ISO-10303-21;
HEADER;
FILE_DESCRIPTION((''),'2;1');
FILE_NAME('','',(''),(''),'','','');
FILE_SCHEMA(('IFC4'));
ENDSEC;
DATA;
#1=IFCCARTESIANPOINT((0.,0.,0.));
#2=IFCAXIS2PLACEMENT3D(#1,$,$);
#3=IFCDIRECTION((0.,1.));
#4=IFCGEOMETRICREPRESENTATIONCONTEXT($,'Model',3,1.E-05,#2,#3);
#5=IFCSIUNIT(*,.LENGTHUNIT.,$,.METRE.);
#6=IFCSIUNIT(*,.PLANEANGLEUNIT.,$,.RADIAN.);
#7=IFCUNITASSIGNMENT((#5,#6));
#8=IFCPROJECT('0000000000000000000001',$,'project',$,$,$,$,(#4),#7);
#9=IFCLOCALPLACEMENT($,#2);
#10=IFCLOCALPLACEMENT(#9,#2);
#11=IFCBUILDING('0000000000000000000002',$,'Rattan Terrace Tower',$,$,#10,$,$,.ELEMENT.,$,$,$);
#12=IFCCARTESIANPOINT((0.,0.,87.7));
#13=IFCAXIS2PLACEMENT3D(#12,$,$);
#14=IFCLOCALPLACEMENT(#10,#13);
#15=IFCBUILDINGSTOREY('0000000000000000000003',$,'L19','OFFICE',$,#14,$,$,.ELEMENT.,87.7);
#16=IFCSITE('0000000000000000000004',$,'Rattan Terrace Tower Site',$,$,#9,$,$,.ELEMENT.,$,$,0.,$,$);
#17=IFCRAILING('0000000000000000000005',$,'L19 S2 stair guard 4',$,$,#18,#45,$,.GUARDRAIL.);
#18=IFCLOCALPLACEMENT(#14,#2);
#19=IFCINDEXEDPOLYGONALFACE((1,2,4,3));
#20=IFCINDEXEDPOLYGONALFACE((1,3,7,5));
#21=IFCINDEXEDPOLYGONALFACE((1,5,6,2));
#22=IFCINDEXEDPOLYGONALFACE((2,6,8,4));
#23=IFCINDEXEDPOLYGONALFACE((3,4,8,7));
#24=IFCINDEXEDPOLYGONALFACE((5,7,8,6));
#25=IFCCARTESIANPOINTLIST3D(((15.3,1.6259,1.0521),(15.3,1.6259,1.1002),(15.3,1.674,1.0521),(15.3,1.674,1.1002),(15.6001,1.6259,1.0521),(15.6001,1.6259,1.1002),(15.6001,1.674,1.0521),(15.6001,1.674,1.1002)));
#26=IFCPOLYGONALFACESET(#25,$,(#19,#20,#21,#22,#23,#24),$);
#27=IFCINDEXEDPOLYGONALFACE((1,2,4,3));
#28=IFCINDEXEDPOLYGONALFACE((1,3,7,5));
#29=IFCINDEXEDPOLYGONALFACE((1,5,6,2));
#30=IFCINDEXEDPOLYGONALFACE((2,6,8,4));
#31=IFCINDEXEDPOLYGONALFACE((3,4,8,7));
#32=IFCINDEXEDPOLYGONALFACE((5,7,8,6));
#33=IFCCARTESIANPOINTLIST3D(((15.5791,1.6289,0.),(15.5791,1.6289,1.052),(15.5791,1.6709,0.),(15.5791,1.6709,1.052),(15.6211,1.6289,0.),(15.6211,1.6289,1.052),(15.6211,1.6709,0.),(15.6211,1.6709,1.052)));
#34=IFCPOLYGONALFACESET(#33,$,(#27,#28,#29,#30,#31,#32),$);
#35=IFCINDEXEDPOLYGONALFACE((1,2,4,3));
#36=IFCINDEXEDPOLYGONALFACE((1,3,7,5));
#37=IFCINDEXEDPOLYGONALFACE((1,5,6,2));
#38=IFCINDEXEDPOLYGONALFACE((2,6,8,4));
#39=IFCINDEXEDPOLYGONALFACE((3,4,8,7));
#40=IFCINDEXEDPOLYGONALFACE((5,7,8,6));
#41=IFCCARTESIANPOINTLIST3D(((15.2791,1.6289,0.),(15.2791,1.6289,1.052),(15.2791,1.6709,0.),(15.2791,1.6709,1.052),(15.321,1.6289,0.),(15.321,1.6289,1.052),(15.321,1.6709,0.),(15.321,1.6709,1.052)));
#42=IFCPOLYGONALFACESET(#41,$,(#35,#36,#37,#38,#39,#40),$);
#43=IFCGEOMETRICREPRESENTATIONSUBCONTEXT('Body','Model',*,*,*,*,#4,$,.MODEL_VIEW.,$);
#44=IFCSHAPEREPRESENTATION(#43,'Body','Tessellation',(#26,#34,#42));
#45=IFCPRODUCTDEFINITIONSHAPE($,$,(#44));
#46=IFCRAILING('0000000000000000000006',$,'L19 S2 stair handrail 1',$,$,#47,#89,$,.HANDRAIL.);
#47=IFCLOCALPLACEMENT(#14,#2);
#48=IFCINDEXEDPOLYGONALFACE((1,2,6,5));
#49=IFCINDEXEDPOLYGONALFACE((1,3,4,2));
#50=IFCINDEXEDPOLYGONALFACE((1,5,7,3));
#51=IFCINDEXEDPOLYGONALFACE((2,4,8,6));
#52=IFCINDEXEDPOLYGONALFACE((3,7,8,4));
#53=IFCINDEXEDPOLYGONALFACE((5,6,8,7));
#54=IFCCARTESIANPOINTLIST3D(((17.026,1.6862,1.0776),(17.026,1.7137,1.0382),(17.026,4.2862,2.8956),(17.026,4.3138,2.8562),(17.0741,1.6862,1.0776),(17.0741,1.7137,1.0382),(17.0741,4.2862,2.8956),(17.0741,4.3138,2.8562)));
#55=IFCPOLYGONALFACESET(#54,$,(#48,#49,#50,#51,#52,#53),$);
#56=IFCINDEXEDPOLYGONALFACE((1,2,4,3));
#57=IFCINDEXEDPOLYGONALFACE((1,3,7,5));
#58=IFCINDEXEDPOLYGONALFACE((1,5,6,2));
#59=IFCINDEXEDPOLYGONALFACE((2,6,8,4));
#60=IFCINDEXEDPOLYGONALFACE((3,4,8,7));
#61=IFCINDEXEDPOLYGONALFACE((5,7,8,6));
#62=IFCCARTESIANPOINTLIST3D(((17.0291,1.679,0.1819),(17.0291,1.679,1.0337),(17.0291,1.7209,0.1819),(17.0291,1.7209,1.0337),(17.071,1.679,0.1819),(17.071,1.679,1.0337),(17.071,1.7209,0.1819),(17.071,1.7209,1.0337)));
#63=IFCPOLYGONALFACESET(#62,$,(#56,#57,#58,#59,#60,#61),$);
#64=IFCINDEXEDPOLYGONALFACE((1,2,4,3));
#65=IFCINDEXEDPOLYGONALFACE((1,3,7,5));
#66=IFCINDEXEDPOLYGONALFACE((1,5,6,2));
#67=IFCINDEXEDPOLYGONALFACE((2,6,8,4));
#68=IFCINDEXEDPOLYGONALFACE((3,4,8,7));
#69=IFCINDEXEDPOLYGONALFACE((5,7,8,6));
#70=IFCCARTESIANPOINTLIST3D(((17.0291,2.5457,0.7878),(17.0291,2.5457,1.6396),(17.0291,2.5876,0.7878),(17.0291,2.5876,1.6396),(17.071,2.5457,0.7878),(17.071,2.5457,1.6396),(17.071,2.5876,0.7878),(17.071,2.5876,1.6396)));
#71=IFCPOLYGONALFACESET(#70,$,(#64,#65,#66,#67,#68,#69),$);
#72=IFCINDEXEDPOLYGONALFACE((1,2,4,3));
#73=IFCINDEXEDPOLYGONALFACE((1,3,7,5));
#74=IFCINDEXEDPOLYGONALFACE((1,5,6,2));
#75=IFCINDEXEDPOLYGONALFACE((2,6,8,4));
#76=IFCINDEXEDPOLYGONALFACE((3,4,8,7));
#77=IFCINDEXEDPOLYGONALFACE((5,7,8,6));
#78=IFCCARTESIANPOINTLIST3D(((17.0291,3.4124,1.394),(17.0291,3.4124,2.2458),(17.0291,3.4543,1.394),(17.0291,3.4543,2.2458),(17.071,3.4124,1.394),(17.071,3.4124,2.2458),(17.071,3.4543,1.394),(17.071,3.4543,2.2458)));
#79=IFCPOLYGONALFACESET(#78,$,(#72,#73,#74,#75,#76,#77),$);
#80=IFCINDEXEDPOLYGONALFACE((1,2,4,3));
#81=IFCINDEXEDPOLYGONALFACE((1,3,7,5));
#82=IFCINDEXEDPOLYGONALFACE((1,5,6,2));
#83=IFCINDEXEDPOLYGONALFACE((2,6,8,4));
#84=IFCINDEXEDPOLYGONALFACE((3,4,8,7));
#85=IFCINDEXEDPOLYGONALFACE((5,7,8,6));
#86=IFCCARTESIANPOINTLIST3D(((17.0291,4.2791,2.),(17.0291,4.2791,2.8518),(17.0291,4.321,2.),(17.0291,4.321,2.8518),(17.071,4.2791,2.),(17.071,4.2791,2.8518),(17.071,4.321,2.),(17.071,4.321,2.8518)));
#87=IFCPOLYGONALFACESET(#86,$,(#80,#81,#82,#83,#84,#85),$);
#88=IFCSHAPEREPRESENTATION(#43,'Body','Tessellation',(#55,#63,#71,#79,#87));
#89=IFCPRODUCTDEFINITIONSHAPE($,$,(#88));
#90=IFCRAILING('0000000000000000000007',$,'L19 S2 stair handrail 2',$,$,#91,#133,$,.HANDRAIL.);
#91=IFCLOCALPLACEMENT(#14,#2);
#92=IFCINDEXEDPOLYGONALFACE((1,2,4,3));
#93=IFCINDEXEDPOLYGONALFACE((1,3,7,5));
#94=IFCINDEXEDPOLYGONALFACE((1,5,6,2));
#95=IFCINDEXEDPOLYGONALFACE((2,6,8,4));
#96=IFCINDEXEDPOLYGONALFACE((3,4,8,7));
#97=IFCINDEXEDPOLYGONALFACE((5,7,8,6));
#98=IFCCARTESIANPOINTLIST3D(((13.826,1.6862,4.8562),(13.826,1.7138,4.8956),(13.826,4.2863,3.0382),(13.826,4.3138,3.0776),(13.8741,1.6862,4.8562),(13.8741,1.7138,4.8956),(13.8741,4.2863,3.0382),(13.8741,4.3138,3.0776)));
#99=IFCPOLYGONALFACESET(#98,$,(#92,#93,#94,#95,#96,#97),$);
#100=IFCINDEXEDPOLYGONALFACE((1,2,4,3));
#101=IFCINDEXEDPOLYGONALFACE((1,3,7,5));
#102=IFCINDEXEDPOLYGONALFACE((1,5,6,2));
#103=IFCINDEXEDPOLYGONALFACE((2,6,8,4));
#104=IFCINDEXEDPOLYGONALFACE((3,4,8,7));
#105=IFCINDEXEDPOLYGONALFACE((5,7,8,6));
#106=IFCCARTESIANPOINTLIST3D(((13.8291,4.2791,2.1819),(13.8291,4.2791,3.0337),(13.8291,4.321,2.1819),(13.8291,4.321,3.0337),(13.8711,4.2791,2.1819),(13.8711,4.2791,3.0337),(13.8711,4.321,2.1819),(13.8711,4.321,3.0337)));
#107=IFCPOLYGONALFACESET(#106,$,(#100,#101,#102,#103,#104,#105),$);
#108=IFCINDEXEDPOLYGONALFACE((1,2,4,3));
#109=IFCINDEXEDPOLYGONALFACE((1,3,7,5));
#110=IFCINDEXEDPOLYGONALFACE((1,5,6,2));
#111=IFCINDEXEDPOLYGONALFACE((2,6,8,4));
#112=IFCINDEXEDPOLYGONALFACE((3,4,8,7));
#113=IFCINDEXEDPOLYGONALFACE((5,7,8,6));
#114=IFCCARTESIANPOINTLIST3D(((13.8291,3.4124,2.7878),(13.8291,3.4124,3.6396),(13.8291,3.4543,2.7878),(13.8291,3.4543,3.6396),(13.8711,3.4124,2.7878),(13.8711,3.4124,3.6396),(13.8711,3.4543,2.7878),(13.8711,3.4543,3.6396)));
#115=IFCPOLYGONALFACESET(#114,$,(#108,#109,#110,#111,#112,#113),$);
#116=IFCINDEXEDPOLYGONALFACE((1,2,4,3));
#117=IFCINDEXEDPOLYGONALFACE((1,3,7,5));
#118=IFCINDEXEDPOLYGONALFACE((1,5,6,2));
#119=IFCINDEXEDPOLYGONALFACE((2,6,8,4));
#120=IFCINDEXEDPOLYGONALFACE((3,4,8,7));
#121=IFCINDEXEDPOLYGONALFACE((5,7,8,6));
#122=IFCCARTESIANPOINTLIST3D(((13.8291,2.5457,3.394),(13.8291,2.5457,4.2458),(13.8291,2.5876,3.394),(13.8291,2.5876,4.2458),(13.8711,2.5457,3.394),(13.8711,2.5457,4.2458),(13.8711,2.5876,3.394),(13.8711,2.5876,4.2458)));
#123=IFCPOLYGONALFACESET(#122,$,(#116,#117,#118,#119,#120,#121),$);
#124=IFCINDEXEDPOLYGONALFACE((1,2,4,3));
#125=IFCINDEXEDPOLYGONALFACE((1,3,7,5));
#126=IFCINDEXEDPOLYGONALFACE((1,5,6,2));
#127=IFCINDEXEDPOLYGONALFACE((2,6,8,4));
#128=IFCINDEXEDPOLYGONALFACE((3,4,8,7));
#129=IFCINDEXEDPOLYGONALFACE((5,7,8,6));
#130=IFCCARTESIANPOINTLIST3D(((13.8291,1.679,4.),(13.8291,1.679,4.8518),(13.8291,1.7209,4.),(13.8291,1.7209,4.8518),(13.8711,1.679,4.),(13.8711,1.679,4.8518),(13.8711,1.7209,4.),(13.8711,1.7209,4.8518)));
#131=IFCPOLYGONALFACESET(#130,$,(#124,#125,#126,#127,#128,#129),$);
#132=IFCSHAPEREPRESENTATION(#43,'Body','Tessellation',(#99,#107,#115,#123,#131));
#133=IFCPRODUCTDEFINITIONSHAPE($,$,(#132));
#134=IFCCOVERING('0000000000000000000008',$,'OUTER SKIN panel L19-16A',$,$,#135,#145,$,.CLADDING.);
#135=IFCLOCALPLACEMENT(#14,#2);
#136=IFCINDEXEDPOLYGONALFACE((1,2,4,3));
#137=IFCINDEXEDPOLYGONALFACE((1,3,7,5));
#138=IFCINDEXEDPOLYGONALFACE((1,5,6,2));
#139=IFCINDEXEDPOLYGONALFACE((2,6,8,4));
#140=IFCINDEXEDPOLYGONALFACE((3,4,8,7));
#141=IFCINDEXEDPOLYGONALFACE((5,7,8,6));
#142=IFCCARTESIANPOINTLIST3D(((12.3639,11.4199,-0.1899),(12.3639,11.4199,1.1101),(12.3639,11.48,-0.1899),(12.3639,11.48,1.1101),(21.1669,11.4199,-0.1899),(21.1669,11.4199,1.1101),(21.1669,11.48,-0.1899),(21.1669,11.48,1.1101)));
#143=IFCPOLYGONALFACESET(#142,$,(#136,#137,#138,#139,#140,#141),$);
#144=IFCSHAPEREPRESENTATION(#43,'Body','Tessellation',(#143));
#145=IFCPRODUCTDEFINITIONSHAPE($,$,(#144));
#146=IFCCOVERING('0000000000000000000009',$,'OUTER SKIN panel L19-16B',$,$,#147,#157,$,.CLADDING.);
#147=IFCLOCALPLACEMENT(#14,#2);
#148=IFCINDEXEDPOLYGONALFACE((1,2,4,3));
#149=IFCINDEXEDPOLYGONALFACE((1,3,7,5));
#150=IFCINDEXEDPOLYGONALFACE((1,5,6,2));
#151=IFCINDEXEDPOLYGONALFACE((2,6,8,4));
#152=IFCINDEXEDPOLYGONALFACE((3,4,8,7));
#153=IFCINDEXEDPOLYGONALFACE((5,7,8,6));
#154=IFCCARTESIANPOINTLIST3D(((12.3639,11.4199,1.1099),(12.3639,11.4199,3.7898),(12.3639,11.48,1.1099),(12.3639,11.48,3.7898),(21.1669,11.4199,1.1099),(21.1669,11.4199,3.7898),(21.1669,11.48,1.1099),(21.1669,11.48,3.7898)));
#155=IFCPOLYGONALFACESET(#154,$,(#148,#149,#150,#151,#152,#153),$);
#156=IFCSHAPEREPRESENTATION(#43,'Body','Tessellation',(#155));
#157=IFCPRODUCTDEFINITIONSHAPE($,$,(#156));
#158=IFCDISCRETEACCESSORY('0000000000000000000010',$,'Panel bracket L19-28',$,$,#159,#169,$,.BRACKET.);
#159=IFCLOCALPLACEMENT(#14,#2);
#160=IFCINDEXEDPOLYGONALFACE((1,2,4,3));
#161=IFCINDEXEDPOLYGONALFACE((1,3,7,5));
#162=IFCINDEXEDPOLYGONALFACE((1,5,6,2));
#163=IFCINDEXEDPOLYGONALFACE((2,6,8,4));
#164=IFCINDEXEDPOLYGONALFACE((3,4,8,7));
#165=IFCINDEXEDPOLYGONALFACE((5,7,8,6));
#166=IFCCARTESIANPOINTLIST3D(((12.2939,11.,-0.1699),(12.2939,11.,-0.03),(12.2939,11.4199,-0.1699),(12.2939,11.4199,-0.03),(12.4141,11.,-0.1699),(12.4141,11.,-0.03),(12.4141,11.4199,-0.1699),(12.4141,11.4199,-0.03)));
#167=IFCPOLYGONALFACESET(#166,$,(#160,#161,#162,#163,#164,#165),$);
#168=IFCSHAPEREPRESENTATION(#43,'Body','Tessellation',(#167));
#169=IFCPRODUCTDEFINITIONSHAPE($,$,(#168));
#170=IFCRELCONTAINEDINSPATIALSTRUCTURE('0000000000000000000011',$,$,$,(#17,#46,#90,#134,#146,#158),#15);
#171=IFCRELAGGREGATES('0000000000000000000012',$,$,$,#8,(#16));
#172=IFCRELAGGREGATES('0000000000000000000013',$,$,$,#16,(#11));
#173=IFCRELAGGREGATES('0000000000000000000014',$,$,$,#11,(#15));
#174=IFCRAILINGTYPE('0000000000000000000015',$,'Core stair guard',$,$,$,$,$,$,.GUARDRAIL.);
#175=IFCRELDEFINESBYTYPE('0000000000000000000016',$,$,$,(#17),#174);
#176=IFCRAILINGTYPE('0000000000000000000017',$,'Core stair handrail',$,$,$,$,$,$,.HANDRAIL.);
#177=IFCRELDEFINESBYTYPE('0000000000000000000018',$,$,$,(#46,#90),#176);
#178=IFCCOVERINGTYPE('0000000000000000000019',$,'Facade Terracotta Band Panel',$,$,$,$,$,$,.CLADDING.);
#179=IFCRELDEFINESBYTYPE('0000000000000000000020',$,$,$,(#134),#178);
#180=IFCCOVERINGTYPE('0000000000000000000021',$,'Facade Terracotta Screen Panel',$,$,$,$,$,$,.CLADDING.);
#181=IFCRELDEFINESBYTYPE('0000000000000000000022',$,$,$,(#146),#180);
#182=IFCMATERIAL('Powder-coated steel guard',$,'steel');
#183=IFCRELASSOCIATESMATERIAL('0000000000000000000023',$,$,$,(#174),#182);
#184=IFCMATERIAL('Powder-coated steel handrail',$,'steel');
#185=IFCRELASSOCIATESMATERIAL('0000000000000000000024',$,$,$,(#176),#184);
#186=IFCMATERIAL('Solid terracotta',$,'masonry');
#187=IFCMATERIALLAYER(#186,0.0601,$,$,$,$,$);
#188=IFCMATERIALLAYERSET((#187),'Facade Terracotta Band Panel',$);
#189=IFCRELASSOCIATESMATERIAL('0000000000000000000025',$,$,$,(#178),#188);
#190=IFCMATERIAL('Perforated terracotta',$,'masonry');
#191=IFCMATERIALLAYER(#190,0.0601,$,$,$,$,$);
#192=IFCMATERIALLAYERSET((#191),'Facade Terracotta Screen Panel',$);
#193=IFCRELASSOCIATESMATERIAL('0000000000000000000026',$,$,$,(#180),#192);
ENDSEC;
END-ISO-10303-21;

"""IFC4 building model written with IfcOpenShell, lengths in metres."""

from ifc_helpers import new_model, si_unit, direction, frame, origin, origin_2d, place, context, subcontext, project, spatial, rectangle, extrude, material, layer, layer_set, type_object, element, save


model = new_model("IFC4")

# Units and contexts
model_context = context("Model", 3, precision=1e-05, world=origin(), true_north=direction((0.0, 1.0)))
body_context = subcontext(model_context, "Body", "Model", "MODEL_VIEW")
ifc_project = project(units=[si_unit("LENGTHUNIT", "METRE"), si_unit("PLANEANGLEUNIT", "RADIAN")], contexts=[model_context])

# Site, building, storey
site_placement = place(None, origin())
site = spatial("IfcSite", under=ifc_project, at=site_placement, Name="Rattan Terrace Tower Site", CompositionType="ELEMENT", RefElevation=0.0)
building_placement = place(site_placement, origin())
building = spatial("IfcBuilding", under=site, at=building_placement, Name="Rattan Terrace Tower", CompositionType="ELEMENT")
storey_placement = place(building_placement, frame((0.0, 0.0, 87.7)))
storey = spatial("IfcBuildingStorey", under=building, at=storey_placement, Name="L19", Description="OFFICE", CompositionType="ELEMENT", Elevation=87.7)

# Railings
ifc_material_1 = material(Name="Powder-coated steel guard", Category="steel")
railing_type_1 = type_object("IfcRailingType", Name="Core stair guard", PredefinedType="GUARDRAIL", material=ifc_material_1)
railing_1_placement = place(storey_placement, frame((15.6001, 1.6499, 0.0)))
element("IfcRailing", 1, at=railing_1_placement, inside=storey, type_object=railing_type_1, Name="L19 S2 stair guard 4", PredefinedType="GUARDRAIL", context=body_context, shape_type="SweptSolid", body=[
    extrude(rectangle(XDim=0.0481, YDim=0.0481, at=origin_2d()), frame((0.0, 0.0, 1.0762), z_axis=(-1.0, 0.0, 0.0), x_axis=(0.0, -1.0, 0.0)), (0.0, 0.0, 1.0), 0.3),
    extrude(rectangle(XDim=0.042, YDim=0.042, at=origin_2d()), origin(), (0.0, 0.0, 1.0), 1.052),
    extrude(rectangle(XDim=0.042, YDim=0.042, at=origin_2d()), frame((-0.3, 0.0, 0.0)), (0.0, 0.0, 1.0), 1.052),
])
ifc_material_2 = material(Name="Powder-coated steel handrail", Category="steel")
railing_type_2 = type_object("IfcRailingType", Name="Core stair handrail", PredefinedType="HANDRAIL", material=ifc_material_2)
railing_2_placement = place(storey_placement, frame((17.05, 1.7, 0.1819)))
element("IfcRailing", 2, at=railing_2_placement, inside=storey, type_object=railing_type_2, Name="L19 S2 stair handrail 1", PredefinedType="HANDRAIL", context=body_context, shape_type="SweptSolid", body=[
    extrude(rectangle(XDim=0.0481, YDim=0.0481, at=origin_2d()), frame((0.0, 0.0, 0.876), z_axis=(0.0, 0.819521, 0.573049), x_axis=(-1.0, 0.0, 0.0)), (0.0, 0.0, 1.0), 3.1726),
    extrude(rectangle(XDim=0.042, YDim=0.042, at=origin_2d()), origin(), (0.0, 0.0, 1.0), 0.8518),
    extrude(rectangle(XDim=0.042, YDim=0.042, at=origin_2d()), frame((0.0, 0.8667, 0.606)), (0.0, 0.0, 1.0), 0.8518),
    extrude(rectangle(XDim=0.042, YDim=0.042, at=origin_2d()), frame((0.0, 1.7334, 1.2122)), (0.0, 0.0, 1.0), 0.8518),
    extrude(rectangle(XDim=0.042, YDim=0.042, at=origin_2d()), frame((0.0, 2.6001, 1.8181)), (0.0, 0.0, 1.0), 0.8518),
])
railing_3_placement = place(storey_placement, frame((13.8501, 4.3, 2.1819)))
element("IfcRailing", 3, at=railing_3_placement, inside=storey, type_object=railing_type_2, Name="L19 S2 stair handrail 2", PredefinedType="HANDRAIL", context=body_context, shape_type="SweptSolid", body=[
    extrude(rectangle(XDim=0.0481, YDim=0.0481, at=origin_2d()), frame((0.0, 0.0, 0.876), z_axis=(0.0, -0.819521, 0.573049), x_axis=(1.0, 0.0, 0.0)), (0.0, 0.0, 1.0), 3.1726),
    extrude(rectangle(XDim=0.042, YDim=0.042, at=origin_2d()), origin(), (0.0, 0.0, 1.0), 0.8518),
    extrude(rectangle(XDim=0.042, YDim=0.042, at=origin_2d()), frame((0.0, -0.8667, 0.606)), (0.0, 0.0, 1.0), 0.8518),
    extrude(rectangle(XDim=0.042, YDim=0.042, at=origin_2d()), frame((0.0, -1.7334, 1.2122)), (0.0, 0.0, 1.0), 0.8518),
    extrude(rectangle(XDim=0.042, YDim=0.042, at=origin_2d()), frame((0.0, -2.6001, 1.8181)), (0.0, 0.0, 1.0), 0.8518),
])

# Coverings
ifc_material_3 = material(Name="Solid terracotta", Category="masonry")
ifc_layer_1 = layer(ifc_material_3, 0.0601)
ifc_layer_set_1 = layer_set([ifc_layer_1], Name="Facade Terracotta Band Panel")
covering_type_1 = type_object("IfcCoveringType", Name="Facade Terracotta Band Panel", PredefinedType="CLADDING", material=ifc_layer_set_1)
covering_1_placement = place(storey_placement, frame((16.7654, 11.45, -0.1899), z_axis=(0.0, 0.0, 1.0), x_axis=(-1.0, 0.0, 0.0)))
element("IfcCovering", 4, at=covering_1_placement, inside=storey, type_object=covering_type_1, Name="OUTER SKIN panel L19-16A", PredefinedType="CLADDING", context=body_context, shape_type="SweptSolid", body=[
    extrude(rectangle(XDim=8.803, YDim=0.0601, at=origin_2d()), origin(), (0.0, 0.0, 1.0), 1.3),
])
ifc_material_4 = material(Name="Perforated terracotta", Category="masonry")
ifc_layer_2 = layer(ifc_material_4, 0.0601)
ifc_layer_set_2 = layer_set([ifc_layer_2], Name="Facade Terracotta Screen Panel")
covering_type_2 = type_object("IfcCoveringType", Name="Facade Terracotta Screen Panel", PredefinedType="CLADDING", material=ifc_layer_set_2)
covering_2_placement = place(storey_placement, frame((16.7654, 11.45, 1.1099), z_axis=(0.0, 0.0, 1.0), x_axis=(-1.0, 0.0, 0.0)))
element("IfcCovering", 5, at=covering_2_placement, inside=storey, type_object=covering_type_2, Name="OUTER SKIN panel L19-16B", PredefinedType="CLADDING", context=body_context, shape_type="SweptSolid", body=[
    extrude(rectangle(XDim=8.803, YDim=0.0601, at=origin_2d()), origin(), (0.0, 0.0, 1.0), 2.6799),
])

# Discrete accessory
discrete_accessory_placement = place(storey_placement, frame((12.354, 11.21, -0.1699), z_axis=(0.0, 0.0, 1.0), x_axis=(-1.0, 0.0, 0.0)))
element("IfcDiscreteAccessory", 6, at=discrete_accessory_placement, inside=storey, Name="Panel bracket L19-28", PredefinedType="BRACKET", context=body_context, shape_type="SweptSolid", body=[
    extrude(rectangle(XDim=0.1201, YDim=0.4199, at=origin_2d()), origin(), (0.0, 0.0, 1.0), 0.1399),
])

save(model, "model.ifc")
